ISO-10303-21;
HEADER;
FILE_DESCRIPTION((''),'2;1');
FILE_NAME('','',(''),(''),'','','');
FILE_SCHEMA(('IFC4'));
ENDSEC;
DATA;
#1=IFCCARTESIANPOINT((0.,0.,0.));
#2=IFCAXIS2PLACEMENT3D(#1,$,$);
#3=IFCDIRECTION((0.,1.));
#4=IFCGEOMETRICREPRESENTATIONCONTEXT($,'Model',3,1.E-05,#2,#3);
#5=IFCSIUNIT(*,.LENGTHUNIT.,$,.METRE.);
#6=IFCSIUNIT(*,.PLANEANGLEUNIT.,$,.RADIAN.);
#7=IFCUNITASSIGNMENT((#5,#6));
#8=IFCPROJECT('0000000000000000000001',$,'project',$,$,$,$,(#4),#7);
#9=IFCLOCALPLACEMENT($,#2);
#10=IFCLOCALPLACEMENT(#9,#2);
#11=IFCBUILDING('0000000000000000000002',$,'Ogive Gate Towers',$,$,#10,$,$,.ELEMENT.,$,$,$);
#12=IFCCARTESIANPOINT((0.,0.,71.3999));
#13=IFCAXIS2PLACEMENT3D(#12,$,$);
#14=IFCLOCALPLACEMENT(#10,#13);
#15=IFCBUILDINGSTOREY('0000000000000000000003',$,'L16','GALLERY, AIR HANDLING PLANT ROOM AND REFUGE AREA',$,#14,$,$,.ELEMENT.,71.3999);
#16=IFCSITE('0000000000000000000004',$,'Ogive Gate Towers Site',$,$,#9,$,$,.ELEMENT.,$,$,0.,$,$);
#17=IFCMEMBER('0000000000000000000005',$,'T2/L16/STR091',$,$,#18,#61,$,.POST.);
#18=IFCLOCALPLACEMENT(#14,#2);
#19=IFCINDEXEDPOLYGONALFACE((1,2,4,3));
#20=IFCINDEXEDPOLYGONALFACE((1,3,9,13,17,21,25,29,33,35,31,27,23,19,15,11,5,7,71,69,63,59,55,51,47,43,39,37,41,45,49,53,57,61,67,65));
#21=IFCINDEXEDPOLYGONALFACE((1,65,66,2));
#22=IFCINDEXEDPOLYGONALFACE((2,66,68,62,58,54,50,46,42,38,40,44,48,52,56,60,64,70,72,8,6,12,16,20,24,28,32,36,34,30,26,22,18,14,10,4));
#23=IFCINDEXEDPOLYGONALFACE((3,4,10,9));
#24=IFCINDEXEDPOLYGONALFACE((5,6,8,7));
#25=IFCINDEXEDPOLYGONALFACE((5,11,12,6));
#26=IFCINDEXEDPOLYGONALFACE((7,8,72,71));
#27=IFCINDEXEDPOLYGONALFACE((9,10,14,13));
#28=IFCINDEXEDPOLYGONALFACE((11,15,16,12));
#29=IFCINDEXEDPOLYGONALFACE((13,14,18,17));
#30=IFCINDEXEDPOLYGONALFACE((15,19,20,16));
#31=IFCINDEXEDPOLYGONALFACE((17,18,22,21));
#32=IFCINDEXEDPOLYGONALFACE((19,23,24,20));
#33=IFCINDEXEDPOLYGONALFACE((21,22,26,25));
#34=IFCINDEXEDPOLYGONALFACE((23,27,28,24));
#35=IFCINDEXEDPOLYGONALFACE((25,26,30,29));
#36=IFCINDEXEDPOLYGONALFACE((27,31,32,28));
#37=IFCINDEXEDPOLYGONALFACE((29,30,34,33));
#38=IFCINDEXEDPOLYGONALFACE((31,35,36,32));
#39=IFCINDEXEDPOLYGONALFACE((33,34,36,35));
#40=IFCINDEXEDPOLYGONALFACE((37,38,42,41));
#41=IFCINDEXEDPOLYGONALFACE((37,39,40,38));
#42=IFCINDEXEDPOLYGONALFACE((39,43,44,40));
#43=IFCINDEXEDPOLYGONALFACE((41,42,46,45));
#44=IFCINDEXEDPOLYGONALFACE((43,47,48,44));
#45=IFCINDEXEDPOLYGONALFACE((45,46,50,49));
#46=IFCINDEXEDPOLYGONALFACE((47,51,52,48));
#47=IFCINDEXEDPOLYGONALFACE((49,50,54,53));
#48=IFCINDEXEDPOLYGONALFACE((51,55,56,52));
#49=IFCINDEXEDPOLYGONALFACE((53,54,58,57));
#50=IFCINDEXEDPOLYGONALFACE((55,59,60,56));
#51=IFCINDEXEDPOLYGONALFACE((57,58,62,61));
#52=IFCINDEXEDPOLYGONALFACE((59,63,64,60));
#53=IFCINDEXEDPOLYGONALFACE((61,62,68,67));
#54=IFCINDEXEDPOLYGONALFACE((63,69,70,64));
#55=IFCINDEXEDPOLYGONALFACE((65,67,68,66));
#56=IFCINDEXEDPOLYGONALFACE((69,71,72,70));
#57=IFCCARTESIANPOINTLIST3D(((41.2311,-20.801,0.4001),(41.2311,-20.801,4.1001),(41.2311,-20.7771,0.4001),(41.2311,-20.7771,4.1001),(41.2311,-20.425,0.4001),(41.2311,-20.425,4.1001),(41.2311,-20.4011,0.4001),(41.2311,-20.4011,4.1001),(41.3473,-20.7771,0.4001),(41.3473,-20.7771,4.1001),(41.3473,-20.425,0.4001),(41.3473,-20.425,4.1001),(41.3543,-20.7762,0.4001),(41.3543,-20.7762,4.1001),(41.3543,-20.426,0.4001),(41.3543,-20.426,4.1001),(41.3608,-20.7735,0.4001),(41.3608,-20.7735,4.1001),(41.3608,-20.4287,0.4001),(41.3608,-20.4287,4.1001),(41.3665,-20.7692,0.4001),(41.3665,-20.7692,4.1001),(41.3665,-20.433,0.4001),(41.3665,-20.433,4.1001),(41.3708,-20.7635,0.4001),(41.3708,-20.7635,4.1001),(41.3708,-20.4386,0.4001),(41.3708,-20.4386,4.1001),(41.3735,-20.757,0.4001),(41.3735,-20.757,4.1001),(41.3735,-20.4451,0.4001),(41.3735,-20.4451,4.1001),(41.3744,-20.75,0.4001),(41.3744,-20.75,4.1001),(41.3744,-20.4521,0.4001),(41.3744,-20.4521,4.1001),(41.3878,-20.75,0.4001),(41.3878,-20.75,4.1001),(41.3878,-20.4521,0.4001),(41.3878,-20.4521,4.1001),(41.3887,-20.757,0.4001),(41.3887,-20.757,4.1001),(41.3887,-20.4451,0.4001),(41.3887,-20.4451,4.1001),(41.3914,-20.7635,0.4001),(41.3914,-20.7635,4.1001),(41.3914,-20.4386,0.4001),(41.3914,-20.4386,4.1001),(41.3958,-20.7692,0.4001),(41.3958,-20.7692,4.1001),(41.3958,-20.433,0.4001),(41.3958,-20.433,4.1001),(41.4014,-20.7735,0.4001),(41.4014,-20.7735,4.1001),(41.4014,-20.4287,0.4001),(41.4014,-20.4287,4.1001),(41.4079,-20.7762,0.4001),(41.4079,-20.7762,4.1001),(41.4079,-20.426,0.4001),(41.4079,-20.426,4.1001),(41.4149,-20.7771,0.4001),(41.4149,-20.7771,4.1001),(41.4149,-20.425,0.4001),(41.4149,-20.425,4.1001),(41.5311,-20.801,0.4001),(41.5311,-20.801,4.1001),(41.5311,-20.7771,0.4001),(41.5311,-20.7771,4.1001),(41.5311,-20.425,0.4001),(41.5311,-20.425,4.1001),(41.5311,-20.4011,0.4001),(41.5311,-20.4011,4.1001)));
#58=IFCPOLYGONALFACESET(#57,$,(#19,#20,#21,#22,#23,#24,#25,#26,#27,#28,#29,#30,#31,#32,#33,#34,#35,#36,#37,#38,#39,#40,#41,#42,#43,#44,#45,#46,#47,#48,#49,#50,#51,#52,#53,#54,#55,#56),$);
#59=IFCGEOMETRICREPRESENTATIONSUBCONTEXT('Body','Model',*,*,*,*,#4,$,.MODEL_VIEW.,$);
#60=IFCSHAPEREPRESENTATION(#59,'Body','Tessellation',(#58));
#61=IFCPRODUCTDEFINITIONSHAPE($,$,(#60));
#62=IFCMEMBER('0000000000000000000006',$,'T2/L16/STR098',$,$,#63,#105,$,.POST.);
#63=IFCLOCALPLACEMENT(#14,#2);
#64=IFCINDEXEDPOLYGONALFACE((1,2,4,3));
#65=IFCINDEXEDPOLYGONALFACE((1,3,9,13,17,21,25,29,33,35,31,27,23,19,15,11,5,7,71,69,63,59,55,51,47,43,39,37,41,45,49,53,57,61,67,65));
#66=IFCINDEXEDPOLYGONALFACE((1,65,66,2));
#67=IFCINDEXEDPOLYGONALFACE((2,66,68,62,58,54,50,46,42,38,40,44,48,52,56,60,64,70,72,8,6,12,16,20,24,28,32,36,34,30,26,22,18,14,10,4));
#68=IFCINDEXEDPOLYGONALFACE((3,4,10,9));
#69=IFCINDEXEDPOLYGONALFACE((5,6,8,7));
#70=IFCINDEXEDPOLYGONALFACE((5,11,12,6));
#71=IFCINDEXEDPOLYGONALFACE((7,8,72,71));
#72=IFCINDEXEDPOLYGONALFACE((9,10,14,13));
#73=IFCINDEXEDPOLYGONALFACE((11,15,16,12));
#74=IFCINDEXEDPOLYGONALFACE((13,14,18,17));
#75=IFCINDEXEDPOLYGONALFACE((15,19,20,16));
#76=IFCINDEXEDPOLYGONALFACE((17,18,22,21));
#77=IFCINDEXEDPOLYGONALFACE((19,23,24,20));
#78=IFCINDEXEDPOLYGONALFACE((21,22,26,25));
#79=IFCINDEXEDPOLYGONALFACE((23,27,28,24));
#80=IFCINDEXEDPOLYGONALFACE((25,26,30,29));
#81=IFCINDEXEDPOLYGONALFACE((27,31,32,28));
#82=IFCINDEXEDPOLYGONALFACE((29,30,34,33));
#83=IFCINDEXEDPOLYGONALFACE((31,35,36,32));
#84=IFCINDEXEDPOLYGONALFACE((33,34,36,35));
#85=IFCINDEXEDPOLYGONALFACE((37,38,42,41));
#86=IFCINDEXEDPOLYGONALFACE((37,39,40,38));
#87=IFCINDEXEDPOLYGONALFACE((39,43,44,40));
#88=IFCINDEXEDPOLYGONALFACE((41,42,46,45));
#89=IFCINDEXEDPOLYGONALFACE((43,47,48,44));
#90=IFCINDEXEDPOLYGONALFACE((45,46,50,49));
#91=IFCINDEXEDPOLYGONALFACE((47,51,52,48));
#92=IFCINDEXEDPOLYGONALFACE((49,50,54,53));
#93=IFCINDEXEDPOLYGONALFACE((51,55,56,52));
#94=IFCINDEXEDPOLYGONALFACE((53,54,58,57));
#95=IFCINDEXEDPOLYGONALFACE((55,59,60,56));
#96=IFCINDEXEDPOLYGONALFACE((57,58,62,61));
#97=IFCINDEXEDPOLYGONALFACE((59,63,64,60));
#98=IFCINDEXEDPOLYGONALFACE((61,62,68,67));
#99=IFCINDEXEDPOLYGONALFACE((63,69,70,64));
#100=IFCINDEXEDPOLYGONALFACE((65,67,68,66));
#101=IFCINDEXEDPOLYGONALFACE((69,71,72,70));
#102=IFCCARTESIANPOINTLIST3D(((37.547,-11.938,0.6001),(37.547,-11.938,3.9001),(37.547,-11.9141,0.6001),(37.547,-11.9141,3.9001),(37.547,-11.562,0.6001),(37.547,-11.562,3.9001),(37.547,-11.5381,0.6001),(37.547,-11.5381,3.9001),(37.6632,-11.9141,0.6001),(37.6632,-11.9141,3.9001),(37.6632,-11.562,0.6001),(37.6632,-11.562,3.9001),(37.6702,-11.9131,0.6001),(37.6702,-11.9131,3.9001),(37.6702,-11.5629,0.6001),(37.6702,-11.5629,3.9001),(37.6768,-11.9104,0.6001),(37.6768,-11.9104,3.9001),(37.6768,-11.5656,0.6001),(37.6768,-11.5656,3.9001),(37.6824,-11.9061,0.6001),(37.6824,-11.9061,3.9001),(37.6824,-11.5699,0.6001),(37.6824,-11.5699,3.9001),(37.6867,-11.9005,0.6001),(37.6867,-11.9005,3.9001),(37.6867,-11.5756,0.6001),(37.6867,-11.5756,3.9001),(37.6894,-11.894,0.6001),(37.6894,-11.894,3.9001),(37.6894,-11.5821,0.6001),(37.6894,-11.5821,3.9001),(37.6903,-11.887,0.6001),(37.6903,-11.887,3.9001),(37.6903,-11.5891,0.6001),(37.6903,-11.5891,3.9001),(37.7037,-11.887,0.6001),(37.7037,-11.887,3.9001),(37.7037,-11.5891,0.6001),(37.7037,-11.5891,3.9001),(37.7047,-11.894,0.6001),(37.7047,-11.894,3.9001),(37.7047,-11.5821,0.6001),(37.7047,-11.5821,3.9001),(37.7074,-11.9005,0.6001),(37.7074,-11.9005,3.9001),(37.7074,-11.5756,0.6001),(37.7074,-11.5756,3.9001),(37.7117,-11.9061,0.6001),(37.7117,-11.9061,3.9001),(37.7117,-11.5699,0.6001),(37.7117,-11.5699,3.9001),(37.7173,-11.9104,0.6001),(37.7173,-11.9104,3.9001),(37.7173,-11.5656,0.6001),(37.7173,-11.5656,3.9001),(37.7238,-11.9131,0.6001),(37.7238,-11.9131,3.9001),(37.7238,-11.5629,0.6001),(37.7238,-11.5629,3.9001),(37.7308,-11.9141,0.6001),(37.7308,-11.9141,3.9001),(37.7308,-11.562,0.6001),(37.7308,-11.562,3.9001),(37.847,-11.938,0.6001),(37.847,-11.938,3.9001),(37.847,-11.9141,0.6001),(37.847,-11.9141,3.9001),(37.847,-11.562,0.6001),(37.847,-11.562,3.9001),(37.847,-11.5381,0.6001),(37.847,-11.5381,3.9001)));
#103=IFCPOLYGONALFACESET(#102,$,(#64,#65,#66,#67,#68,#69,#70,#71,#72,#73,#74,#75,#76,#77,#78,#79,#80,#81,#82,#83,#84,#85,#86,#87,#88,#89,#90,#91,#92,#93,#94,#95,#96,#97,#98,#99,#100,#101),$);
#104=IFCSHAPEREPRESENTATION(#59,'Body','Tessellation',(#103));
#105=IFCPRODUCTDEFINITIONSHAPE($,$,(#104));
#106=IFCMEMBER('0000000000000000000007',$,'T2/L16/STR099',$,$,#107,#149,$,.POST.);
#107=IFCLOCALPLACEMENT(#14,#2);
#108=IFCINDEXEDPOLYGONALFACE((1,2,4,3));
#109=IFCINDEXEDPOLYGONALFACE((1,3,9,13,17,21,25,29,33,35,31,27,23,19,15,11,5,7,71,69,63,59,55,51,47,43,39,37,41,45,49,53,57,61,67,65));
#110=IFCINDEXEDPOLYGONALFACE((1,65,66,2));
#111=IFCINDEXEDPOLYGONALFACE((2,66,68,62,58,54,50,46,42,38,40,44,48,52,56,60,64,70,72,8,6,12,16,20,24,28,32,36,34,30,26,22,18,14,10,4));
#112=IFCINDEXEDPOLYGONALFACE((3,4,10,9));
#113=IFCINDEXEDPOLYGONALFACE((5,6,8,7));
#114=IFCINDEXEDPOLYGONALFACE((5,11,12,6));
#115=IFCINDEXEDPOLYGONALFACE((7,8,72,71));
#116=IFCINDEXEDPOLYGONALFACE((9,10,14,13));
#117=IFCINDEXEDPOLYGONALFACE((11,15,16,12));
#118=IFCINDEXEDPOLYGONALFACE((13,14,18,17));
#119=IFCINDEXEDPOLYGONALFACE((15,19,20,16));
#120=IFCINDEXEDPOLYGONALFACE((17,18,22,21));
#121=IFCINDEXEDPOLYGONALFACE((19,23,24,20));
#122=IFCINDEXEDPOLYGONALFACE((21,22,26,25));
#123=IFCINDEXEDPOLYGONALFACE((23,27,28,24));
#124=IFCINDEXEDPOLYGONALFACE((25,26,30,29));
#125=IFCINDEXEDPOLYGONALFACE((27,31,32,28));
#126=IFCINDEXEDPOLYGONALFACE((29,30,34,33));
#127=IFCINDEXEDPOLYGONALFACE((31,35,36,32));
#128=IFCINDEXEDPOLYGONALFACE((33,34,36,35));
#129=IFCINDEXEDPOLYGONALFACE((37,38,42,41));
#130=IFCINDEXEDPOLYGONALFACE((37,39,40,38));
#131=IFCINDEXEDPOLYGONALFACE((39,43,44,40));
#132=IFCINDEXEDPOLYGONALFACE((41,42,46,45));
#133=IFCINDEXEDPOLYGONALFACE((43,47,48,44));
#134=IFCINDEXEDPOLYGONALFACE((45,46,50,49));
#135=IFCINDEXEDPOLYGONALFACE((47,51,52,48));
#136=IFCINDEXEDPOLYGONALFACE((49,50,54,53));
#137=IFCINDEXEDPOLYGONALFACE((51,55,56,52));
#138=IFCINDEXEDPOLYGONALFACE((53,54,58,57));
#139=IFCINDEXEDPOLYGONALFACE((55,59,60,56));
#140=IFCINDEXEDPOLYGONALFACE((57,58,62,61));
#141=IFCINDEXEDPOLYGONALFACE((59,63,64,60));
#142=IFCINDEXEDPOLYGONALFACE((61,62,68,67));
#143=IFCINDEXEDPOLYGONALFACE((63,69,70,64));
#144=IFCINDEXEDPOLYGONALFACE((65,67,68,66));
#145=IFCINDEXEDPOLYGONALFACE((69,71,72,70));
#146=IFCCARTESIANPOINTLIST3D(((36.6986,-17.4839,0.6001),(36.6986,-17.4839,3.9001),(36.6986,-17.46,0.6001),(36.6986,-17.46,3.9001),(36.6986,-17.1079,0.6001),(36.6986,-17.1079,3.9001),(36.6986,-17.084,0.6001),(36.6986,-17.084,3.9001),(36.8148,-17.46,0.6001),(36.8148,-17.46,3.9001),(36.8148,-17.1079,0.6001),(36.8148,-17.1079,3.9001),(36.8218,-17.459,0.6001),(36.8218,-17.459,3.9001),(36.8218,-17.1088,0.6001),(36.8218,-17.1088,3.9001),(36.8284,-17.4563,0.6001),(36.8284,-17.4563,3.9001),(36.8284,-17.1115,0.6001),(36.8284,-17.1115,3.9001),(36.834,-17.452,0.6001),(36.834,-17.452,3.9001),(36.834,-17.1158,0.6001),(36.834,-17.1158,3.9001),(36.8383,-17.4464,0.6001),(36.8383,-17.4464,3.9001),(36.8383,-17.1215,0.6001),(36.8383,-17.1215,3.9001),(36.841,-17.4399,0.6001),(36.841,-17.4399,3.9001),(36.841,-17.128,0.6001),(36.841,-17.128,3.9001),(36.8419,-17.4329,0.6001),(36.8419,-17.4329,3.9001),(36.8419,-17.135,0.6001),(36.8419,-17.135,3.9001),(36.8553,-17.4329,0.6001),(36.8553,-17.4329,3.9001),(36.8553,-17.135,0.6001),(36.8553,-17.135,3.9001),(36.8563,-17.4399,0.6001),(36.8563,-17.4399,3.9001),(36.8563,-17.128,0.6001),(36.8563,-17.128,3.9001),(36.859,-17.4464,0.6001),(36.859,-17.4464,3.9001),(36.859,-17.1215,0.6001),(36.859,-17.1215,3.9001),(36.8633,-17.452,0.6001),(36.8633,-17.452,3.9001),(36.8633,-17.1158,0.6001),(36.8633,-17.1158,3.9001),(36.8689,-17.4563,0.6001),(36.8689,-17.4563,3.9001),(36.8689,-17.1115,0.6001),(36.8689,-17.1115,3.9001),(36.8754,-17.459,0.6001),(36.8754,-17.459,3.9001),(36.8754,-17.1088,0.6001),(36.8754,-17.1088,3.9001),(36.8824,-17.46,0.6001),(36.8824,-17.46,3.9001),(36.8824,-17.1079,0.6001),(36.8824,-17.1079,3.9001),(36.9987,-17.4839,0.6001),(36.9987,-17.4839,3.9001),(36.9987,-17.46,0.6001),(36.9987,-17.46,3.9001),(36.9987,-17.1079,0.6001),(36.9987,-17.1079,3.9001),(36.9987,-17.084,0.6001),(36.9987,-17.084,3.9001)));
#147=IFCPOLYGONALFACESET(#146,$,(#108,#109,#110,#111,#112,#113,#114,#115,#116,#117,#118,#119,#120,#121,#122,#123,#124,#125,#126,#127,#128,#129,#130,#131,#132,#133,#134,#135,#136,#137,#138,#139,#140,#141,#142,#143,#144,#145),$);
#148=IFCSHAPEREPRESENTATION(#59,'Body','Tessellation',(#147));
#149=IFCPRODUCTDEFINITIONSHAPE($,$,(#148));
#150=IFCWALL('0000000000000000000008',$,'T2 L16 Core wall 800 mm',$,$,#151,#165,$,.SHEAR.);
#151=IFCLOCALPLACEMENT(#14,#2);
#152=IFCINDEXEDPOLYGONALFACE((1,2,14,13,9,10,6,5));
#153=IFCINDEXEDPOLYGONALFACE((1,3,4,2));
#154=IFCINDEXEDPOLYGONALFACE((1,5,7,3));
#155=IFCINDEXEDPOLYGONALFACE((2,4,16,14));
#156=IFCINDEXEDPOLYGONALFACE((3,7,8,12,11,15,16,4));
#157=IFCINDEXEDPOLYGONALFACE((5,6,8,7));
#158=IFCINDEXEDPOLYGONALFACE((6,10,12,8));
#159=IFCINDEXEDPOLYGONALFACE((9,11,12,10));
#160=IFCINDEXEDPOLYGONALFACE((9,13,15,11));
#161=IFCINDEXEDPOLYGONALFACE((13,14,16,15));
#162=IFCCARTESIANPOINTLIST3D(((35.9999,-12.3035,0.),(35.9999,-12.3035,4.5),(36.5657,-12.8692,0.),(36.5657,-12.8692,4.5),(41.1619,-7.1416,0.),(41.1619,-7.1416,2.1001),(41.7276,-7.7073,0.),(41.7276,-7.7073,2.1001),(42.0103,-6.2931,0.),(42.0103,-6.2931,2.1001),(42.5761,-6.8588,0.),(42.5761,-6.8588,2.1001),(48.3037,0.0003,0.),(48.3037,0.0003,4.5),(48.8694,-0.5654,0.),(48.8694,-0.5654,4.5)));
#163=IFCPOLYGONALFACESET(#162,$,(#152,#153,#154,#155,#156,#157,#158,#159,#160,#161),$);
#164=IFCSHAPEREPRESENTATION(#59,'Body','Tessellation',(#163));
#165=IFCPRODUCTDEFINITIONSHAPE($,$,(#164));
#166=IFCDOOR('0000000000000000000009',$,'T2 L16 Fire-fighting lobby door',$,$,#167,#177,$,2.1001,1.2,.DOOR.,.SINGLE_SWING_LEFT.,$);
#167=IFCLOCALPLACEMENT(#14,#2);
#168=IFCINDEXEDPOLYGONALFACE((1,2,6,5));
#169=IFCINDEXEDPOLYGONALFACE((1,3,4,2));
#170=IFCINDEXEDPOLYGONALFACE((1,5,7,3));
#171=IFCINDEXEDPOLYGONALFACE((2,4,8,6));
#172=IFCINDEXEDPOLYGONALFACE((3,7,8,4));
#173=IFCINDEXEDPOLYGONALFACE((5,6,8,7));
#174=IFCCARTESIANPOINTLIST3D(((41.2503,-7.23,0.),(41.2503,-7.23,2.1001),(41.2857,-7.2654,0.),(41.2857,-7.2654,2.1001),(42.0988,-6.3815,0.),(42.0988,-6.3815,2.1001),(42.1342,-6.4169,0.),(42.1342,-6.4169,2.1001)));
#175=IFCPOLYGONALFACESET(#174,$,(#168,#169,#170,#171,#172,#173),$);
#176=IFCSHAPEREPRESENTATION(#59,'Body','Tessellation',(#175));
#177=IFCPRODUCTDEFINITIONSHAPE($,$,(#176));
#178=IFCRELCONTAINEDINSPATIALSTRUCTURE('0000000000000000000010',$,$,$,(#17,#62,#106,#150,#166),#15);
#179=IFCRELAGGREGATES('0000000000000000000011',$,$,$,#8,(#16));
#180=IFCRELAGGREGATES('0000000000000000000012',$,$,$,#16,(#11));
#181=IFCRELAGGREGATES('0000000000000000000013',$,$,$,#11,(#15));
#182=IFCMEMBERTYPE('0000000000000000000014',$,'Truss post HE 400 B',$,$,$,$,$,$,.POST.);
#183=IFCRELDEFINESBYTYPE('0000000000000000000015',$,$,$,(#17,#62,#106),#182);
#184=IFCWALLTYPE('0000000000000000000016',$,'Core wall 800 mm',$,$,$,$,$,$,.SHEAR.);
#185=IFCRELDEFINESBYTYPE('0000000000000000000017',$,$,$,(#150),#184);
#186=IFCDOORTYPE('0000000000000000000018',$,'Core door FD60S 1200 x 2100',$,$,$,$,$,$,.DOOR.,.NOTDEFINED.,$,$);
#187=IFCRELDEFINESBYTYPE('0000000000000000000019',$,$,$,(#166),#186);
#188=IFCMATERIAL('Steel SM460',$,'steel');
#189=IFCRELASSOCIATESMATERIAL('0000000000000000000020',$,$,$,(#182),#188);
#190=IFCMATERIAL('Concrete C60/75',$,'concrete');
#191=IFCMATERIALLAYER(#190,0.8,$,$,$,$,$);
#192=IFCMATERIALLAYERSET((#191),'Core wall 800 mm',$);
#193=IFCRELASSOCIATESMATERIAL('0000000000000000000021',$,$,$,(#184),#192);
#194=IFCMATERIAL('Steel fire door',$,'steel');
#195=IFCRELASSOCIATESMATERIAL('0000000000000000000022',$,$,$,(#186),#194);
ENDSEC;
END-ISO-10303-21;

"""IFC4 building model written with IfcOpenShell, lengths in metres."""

from ifc_helpers import new_model, si_unit, direction, frame, frame_2d, origin, origin_2d, place, context, subcontext, project, spatial, rectangle, i_section, extrude, material, layer, layer_set, material_profile, profile_set, type_object, element, fill, save


model = new_model("IFC4")

# Units and contexts
model_context = context("Model", 3, precision=1e-05, world=origin(), true_north=direction((0.0, 1.0)))
body_context = subcontext(model_context, "Body", "Model", "MODEL_VIEW")
ifc_project = project(units=[si_unit("LENGTHUNIT", "METRE"), si_unit("PLANEANGLEUNIT", "RADIAN")], contexts=[model_context])

# Site, building, storey
site_placement = place(None, origin())
site = spatial("IfcSite", under=ifc_project, at=site_placement, Name="Ogive Gate Towers Site", CompositionType="ELEMENT", RefElevation=0.0)
building_placement = place(site_placement, origin())
building = spatial("IfcBuilding", under=site, at=building_placement, Name="Ogive Gate Towers", CompositionType="ELEMENT")
storey_placement = place(building_placement, frame((0.0, 0.0, 71.3999)))
storey = spatial("IfcBuildingStorey", under=building, at=storey_placement, Name="L16", Description="GALLERY, AIR HANDLING PLANT ROOM AND REFUGE AREA", CompositionType="ELEMENT", Elevation=71.3999)

# Shared definitions
ifc_material_1 = material(Name="Steel SM460", Category="steel")

# Members
ifc_material_profile_1 = material_profile(ifc_material_1, i_section(OverallWidth=0.3, OverallDepth=0.3999, WebThickness=0.0134, FlangeThickness=0.0239, FilletRadius=0.0271, at=origin_2d()), Name="HE 400 B")
ifc_profile_set_1 = profile_set([ifc_material_profile_1], Name="Steel SM460")
member_type_1 = type_object("IfcMemberType", Name="Truss post HE 400 B", PredefinedType="POST", material=ifc_profile_set_1)
member_1_placement = place(storey_placement, frame((41.3811, -20.6011, 0.4001), z_axis=(0.0, 0.0, 1.0), x_axis=(1.0, 0.0, 0.0)))
element("IfcMember", 1, at=member_1_placement, inside=storey, type_object=member_type_1, Name="T2/L16/STR091", PredefinedType="POST", context=body_context, shape_type="SweptSolid", body=[
    extrude(i_section(OverallWidth=0.3, OverallDepth=0.3999, WebThickness=0.0134, FlangeThickness=0.0239, FilletRadius=0.0271, at=origin_2d()), origin(), (0.0, 0.0, 1.0), 3.7),
])
for number, where, z_axis, x_axis, name in (
    (2, (37.697, -11.738, 0.6001), (0.0, 0.0, 1.0), (1.0, 0.0, 0.0), "T2/L16/STR098"),
    (3, (36.8486, -17.2839, 0.6001), (0.0, 0.0, 1.0), (1.0, 0.0, 0.0), "T2/L16/STR099"),
):
    element("IfcMember", number, at=place(storey_placement, frame(where, z_axis=z_axis, x_axis=x_axis)), inside=storey, type_object=member_type_1, Name=name, PredefinedType="POST", context=body_context, shape_type="SweptSolid", body=[
        extrude(i_section(OverallWidth=0.3, OverallDepth=0.3999, WebThickness=0.0134, FlangeThickness=0.0239, FilletRadius=0.0271, at=origin_2d()), origin(), (0.0, 0.0, 1.0), 3.3),
    ])

# Wall, opening, door
ifc_material_2 = material(Name="Concrete C60/75", Category="concrete")
ifc_layer_1 = layer(ifc_material_2, 0.8)
ifc_layer_set_1 = layer_set([ifc_layer_1], Name="Core wall 800 mm")
wall_type_1 = type_object("IfcWallType", Name="Core wall 800 mm", PredefinedType="SHEAR", material=ifc_layer_set_1)
wall_1_placement = place(storey_placement, frame((36.2827, -12.5864, 0.0), z_axis=(0.0, 0.0, 1.0), x_axis=(0.707107, 0.707107, 0.0)))
wall_1 = element("IfcWall", 4, at=wall_1_placement, inside=storey, type_object=wall_type_1, Name="T2 L16 Core wall 800 mm", PredefinedType="SHEAR", context=body_context, shape_type="SweptSolid", body=[
    extrude(rectangle(XDim=17.4001, YDim=0.8, at=frame_2d((8.7002, 0.0))), origin(), (0.0, 0.0, 1.0), 4.5),
])
opening_1_placement = place(wall_1_placement, frame((7.3, 0.0, 0.0)))
opening_1 = element("IfcOpeningElement", 5, at=opening_1_placement, cuts=wall_1, PredefinedType="OPENING", context=body_context, shape_type="SweptSolid", body=[
    extrude(rectangle(XDim=1.2, YDim=2.1001, at=frame_2d((0.6001, 1.05))), frame((0.0, 0.4102, 0.0), z_axis=(0.0, -1.0, 0.0), x_axis=(1.0, 0.0, 0.0)), (0.0, 0.0, 1.0), 0.8201),
])
ifc_material_3 = material(Name="Steel fire door", Category="steel")
door_type_1 = type_object("IfcDoorType", Name="Core door FD60S 1200 x 2100", OperationType="NOTDEFINED", PredefinedType="DOOR", material=ifc_material_3)
door_1_placement = place(opening_1_placement, origin())
door_1 = element("IfcDoor", 6, at=door_1_placement, inside=storey, type_object=door_type_1, Name="T2 L16 Fire-fighting lobby door", OperationType="SINGLE_SWING_LEFT", OverallHeight=2.1001, OverallWidth=1.2, PredefinedType="DOOR", context=body_context, shape_type="SweptSolid", body=[
    extrude(rectangle(XDim=1.2, YDim=2.1001, at=frame_2d((0.6001, 1.05))), frame((0.0, 0.2749, 0.0), z_axis=(0.0, -1.0, 0.0), x_axis=(1.0, 0.0, 0.0)), (0.0, 0.0, 1.0), 0.05),
])
fill(opening_1, door_1)

save(model, "model.ifc")
